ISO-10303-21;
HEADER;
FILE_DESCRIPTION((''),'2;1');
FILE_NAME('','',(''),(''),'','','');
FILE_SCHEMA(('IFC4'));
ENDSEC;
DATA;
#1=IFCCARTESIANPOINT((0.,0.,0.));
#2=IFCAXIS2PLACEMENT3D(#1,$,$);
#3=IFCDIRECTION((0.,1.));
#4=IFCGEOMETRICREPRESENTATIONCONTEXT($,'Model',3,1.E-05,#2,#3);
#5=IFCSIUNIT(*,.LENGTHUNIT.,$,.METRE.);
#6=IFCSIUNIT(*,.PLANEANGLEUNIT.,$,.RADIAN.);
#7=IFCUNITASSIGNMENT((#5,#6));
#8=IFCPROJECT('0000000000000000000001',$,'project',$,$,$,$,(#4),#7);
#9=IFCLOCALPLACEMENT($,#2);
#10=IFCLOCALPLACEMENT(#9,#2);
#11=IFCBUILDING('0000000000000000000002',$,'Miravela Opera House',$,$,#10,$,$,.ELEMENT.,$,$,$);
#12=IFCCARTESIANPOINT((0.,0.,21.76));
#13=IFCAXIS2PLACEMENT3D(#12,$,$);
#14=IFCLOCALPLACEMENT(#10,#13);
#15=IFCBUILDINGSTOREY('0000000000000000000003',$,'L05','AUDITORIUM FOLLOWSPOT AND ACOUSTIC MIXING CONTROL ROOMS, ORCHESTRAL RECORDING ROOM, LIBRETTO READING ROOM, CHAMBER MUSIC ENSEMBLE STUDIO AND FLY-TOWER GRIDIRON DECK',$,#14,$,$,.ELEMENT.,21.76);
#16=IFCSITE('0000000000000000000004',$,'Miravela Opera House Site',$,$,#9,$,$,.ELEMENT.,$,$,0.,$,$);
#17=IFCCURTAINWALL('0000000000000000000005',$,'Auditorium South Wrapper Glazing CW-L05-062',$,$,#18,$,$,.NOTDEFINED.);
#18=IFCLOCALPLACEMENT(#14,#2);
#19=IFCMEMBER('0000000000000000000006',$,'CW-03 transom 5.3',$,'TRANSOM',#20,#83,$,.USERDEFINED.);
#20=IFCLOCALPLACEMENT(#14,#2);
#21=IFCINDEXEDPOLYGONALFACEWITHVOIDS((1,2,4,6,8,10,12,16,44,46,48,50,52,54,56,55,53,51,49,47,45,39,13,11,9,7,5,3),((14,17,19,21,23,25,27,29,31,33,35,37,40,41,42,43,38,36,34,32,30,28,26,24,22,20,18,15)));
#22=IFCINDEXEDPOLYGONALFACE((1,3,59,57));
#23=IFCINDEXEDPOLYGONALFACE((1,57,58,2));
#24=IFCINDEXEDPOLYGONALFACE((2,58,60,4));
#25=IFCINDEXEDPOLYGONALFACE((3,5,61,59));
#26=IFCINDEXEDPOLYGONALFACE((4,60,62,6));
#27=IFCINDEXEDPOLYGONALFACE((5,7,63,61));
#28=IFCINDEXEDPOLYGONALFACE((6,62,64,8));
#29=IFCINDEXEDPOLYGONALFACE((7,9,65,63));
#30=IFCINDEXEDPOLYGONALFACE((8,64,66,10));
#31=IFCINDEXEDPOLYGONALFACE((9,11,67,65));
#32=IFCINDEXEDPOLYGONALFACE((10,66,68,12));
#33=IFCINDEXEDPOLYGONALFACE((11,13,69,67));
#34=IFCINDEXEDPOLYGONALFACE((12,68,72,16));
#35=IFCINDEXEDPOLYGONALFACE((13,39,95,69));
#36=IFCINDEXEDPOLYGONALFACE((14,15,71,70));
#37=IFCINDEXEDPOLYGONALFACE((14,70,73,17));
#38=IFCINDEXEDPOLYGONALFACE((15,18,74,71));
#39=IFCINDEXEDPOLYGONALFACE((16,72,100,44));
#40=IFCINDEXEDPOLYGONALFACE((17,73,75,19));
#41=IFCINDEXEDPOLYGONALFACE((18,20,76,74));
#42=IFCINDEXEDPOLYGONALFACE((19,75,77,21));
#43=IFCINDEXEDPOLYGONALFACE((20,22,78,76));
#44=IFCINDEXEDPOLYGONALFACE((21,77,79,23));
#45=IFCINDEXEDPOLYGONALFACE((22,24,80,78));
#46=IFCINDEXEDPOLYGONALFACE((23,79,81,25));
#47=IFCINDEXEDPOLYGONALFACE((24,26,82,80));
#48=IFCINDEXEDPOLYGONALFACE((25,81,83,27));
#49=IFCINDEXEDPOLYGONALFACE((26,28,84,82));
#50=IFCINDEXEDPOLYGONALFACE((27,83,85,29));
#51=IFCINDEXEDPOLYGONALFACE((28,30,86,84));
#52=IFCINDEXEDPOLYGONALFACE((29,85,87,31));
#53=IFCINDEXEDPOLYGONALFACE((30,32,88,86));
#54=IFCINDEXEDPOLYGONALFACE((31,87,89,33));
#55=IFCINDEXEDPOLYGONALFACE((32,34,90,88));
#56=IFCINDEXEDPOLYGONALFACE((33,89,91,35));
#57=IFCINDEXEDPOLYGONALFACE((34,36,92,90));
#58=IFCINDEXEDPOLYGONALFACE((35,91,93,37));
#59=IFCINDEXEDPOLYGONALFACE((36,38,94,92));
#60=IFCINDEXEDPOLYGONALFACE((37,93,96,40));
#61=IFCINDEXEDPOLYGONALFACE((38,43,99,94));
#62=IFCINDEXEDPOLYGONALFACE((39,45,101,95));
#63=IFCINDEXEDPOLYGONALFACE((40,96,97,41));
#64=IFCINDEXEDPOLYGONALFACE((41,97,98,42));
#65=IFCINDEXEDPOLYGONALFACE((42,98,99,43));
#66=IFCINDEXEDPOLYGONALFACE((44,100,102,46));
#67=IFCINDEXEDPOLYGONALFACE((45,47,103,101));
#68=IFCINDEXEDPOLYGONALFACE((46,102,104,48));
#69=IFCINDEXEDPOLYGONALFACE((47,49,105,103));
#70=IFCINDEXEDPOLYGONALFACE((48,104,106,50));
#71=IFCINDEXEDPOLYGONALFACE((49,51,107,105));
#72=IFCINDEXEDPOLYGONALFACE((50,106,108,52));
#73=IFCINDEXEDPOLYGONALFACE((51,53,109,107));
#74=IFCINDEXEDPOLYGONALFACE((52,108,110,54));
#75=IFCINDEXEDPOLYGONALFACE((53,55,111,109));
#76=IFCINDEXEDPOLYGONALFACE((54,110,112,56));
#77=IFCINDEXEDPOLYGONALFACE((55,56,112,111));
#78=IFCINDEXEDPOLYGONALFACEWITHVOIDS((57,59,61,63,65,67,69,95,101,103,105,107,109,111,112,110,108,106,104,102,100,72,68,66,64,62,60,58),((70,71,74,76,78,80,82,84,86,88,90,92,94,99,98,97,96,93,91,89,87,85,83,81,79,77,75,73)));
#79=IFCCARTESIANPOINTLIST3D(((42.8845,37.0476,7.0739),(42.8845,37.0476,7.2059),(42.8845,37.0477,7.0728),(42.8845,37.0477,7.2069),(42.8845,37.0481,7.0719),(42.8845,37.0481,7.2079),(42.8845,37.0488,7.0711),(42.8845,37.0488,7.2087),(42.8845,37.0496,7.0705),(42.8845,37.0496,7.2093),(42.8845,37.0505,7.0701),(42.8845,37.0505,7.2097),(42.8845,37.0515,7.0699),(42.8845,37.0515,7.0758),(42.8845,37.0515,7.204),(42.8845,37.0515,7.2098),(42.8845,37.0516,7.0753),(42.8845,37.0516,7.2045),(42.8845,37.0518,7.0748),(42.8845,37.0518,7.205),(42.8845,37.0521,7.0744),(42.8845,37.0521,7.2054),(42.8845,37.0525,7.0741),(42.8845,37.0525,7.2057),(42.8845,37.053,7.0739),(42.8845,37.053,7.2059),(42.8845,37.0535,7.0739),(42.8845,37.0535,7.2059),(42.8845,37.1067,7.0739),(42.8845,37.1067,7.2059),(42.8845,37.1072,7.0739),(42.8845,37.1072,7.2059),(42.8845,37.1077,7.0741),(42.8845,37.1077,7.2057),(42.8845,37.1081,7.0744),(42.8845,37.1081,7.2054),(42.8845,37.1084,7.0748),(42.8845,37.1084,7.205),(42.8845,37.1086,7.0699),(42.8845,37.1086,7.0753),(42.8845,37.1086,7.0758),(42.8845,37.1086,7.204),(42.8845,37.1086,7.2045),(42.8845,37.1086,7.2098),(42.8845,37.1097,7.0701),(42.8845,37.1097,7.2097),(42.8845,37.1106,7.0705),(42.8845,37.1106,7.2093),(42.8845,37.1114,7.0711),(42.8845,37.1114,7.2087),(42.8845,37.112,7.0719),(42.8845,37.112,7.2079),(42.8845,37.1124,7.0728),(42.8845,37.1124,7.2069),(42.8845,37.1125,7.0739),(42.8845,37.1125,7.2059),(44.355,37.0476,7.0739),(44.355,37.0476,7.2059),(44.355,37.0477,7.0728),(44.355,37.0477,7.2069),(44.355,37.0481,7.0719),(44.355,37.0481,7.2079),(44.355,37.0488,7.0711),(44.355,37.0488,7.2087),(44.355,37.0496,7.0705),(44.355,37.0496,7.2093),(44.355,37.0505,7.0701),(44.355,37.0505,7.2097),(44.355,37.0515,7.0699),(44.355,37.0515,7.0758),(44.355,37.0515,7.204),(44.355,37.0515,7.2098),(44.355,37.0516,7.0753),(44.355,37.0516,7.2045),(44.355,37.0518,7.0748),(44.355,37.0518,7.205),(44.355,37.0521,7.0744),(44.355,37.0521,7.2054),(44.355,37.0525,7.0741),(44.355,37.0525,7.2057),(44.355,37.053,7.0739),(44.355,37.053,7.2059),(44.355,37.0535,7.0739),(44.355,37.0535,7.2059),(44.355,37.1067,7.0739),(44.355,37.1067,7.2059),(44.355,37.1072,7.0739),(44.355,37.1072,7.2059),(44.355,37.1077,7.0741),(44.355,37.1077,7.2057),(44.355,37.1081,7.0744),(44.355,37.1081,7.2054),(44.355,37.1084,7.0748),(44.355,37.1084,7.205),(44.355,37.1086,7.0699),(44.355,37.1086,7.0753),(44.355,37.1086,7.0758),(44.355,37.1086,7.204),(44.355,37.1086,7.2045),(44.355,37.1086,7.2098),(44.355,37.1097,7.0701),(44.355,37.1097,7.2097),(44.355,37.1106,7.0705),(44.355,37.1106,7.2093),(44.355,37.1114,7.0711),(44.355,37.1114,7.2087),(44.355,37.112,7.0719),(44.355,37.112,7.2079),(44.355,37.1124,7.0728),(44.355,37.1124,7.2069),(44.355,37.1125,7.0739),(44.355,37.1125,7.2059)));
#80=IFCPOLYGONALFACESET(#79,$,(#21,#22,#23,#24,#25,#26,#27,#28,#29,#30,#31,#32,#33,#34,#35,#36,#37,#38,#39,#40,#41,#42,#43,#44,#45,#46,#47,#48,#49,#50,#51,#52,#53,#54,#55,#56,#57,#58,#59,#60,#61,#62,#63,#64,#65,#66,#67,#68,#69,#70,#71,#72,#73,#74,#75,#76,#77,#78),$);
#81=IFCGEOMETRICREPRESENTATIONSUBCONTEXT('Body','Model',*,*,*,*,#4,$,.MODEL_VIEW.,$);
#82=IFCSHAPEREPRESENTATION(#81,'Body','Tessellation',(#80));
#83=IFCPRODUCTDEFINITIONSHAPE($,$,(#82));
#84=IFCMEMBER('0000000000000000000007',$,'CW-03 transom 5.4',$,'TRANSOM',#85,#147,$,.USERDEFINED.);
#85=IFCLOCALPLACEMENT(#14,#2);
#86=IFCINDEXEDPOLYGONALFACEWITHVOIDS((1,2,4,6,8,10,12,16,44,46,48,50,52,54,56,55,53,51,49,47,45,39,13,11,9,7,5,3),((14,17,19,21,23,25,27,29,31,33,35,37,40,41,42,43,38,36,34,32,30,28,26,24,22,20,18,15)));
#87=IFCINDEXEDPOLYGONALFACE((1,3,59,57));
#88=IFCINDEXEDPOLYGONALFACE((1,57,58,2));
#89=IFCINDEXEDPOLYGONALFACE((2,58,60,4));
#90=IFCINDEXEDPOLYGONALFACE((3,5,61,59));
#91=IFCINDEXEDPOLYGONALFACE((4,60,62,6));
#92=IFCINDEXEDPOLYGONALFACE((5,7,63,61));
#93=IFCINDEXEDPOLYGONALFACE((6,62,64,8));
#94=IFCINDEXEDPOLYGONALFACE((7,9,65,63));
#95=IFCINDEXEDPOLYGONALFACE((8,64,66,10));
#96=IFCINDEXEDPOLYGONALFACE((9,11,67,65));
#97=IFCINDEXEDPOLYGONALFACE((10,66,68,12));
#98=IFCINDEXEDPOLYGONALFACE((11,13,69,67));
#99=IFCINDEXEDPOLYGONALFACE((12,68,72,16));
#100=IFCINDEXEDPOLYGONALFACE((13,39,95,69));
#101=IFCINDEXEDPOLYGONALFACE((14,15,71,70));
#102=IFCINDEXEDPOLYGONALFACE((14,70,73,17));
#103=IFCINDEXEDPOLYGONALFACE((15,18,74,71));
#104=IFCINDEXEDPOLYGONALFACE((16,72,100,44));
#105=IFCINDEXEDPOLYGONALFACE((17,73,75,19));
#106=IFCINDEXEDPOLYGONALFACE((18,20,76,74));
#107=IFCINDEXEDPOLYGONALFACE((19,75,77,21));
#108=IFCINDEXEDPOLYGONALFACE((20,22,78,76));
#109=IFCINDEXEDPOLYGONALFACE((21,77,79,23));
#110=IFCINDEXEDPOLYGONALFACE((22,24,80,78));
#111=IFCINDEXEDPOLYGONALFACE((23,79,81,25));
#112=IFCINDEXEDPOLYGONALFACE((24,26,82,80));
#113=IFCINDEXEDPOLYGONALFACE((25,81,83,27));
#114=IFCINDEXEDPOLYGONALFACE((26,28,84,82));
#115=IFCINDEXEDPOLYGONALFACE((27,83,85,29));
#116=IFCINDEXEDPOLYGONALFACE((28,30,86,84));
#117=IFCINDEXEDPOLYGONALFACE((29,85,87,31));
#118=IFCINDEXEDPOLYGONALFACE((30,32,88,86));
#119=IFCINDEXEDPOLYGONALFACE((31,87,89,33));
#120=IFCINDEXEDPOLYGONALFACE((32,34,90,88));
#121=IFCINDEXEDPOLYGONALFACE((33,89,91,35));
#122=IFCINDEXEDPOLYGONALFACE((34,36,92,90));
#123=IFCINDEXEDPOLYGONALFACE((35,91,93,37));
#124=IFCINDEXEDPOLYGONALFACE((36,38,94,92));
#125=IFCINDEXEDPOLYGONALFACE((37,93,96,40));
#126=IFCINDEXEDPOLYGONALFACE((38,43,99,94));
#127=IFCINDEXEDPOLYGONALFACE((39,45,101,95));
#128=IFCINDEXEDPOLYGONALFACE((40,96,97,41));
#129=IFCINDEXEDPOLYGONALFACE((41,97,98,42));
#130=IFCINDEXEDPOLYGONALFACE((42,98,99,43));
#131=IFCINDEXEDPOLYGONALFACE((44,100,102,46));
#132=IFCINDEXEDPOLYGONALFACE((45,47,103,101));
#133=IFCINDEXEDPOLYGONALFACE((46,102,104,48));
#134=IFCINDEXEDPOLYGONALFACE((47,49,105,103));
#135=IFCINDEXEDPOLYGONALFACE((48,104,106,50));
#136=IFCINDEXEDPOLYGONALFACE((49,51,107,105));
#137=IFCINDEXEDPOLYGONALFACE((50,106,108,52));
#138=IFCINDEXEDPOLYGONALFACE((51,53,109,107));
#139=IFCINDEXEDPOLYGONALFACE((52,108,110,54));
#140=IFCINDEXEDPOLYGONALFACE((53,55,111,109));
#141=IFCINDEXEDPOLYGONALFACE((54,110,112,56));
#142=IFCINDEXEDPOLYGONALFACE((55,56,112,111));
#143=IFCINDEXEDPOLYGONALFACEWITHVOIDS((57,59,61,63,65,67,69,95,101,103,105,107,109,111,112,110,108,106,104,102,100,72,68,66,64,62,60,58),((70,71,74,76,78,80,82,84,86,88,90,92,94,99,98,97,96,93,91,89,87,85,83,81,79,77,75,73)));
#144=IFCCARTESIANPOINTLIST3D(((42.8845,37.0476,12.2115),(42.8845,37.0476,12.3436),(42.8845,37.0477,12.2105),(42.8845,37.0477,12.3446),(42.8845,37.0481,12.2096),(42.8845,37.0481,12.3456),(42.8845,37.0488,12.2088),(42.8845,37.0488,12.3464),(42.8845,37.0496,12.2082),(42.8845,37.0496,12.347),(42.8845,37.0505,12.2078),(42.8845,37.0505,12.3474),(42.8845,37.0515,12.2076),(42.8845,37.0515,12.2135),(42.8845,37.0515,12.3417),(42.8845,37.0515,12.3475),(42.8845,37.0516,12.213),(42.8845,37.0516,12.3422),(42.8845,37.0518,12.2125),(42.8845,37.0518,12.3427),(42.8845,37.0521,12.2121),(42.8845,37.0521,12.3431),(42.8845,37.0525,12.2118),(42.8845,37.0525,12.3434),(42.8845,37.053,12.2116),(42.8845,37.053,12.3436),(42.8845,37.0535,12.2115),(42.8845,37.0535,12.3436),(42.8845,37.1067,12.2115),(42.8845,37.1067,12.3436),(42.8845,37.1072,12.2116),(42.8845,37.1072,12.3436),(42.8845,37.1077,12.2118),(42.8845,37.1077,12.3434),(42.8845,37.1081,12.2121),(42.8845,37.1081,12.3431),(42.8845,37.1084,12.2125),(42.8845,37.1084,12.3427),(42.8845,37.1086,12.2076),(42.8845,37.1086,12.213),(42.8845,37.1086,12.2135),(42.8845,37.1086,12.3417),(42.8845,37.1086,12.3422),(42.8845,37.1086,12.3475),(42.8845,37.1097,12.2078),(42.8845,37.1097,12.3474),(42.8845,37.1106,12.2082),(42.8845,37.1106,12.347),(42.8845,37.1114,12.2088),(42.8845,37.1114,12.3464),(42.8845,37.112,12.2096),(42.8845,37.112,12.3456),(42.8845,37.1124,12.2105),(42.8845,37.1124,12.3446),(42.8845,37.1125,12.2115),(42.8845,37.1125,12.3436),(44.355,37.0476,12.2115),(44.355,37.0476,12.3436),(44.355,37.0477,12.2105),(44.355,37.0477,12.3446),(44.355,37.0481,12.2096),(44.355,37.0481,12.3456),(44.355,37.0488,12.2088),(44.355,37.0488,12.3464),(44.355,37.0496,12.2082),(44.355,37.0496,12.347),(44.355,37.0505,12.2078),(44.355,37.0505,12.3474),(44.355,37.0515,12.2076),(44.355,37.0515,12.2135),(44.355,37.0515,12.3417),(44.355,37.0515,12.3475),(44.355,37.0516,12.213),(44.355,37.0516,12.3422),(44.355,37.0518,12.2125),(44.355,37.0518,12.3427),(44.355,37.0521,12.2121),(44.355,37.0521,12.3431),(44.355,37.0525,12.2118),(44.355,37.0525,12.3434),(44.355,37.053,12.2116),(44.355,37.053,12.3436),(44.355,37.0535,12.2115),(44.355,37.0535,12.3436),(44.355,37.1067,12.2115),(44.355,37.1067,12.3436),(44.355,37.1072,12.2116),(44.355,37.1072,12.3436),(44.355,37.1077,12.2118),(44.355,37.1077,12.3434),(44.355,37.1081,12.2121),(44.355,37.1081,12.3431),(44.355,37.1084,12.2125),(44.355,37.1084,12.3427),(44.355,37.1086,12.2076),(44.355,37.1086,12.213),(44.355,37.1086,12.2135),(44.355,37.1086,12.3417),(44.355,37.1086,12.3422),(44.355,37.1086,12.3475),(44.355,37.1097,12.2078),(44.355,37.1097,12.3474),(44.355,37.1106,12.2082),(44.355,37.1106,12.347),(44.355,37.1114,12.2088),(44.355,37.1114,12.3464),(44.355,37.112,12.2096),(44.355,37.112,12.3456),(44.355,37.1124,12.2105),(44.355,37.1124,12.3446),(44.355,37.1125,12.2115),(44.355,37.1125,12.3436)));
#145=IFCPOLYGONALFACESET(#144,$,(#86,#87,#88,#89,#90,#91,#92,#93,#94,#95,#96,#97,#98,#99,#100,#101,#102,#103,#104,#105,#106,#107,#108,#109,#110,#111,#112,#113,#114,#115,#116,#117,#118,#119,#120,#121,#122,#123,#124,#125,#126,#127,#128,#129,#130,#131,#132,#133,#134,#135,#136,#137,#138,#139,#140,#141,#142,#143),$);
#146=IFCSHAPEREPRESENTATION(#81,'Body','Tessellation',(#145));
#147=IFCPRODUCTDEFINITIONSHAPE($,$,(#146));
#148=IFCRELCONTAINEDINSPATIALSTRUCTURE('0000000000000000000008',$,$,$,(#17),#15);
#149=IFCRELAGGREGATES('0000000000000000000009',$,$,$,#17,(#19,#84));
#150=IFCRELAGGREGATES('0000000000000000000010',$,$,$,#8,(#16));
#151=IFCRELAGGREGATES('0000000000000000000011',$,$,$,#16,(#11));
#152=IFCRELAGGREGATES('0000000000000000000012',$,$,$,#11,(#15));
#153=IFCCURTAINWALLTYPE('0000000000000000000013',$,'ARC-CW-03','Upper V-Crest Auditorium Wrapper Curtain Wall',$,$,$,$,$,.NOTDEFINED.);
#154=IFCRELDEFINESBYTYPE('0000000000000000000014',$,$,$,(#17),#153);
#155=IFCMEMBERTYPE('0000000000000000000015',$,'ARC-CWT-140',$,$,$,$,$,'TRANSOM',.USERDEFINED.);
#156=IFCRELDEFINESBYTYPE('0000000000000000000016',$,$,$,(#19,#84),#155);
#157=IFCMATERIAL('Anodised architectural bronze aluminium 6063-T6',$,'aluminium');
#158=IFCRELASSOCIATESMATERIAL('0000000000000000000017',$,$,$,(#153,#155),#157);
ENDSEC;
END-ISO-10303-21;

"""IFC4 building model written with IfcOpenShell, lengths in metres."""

from ifc_helpers import new_model, si_unit, direction, frame, origin, origin_2d, place, context, subcontext, project, spatial, hollow_rectangle, extrude, material, material_profile, profile_set, type_object, element, aggregate, save


model = new_model("IFC4")

# Units and contexts
model_context = context("Model", 3, precision=1e-05, world=origin(), true_north=direction((0.0, 1.0)))
body_context = subcontext(model_context, "Body", "Model", "MODEL_VIEW")
ifc_project = project(units=[si_unit("LENGTHUNIT", "METRE"), si_unit("PLANEANGLEUNIT", "RADIAN")], contexts=[model_context])

# Site, building, storey
site_placement = place(None, origin())
site = spatial("IfcSite", under=ifc_project, at=site_placement, Name="Miravela Opera House Site", CompositionType="ELEMENT", RefElevation=0.0)
building_placement = place(site_placement, origin())
building = spatial("IfcBuilding", under=site, at=building_placement, Name="Miravela Opera House", CompositionType="ELEMENT")
storey_placement = place(building_placement, frame((0.0, 0.0, 21.76)))
storey = spatial("IfcBuildingStorey", under=building, at=storey_placement, Name="L05", Description="AUDITORIUM FOLLOWSPOT AND ACOUSTIC MIXING CONTROL ROOMS, ORCHESTRAL RECORDING ROOM, LIBRETTO READING ROOM, CHAMBER MUSIC ENSEMBLE STUDIO AND FLY-TOWER GRIDIRON DECK", CompositionType="ELEMENT", Elevation=21.76)

# Curtain wall, members
ifc_material_1 = material(Name="Anodised architectural bronze aluminium 6063-T6", Category="aluminium")
curtain_wall_type = type_object("IfcCurtainWallType", Name="ARC-CW-03", Description="Upper V-Crest Auditorium Wrapper Curtain Wall", PredefinedType="NOTDEFINED", material=ifc_material_1)
curtain_wall_1_placement = place(storey_placement, origin())
curtain_wall_1 = element("IfcCurtainWall", 1, at=curtain_wall_1_placement, inside=storey, type_object=curtain_wall_type, Name="Auditorium South Wrapper Glazing CW-L05-062", PredefinedType="NOTDEFINED")
ifc_material_profile_1 = material_profile(ifc_material_1, hollow_rectangle(XDim=0.0649, YDim=0.1399, WallThickness=0.0039, InnerFilletRadius=0.002, OuterFilletRadius=0.0039, at=origin_2d()), Name="CWT-65X140")
ifc_profile_set_1 = profile_set([ifc_material_profile_1])
member_type = type_object("IfcMemberType", Name="ARC-CWT-140", ElementType="TRANSOM", PredefinedType="USERDEFINED", material=ifc_profile_set_1)
member_1_placement = place(storey_placement, frame((42.8845, 37.0801, 7.1399), z_axis=(1.0, 0.0, 0.0), x_axis=(0.0, 1.0, 0.0)))
member_1 = element("IfcMember", 2, at=member_1_placement, type_object=member_type, Name="CW-03 transom 5.3", ObjectType="TRANSOM", PredefinedType="USERDEFINED", context=body_context, shape_type="SweptSolid", body=[
    extrude(hollow_rectangle(XDim=0.0649, YDim=0.1399, WallThickness=0.0039, InnerFilletRadius=0.002, OuterFilletRadius=0.0039, at=origin_2d()), origin(), (0.0, 0.0, 1.0), 1.4705),
])
member_2_placement = place(storey_placement, frame((42.8845, 37.0801, 12.2776), z_axis=(1.0, 0.0, 0.0), x_axis=(0.0, 1.0, 0.0)))
member_2 = element("IfcMember", 3, at=member_2_placement, type_object=member_type, Name="CW-03 transom 5.4", ObjectType="TRANSOM", PredefinedType="USERDEFINED", context=body_context, shape_type="SweptSolid", body=[
    extrude(hollow_rectangle(XDim=0.0649, YDim=0.1399, WallThickness=0.0039, InnerFilletRadius=0.002, OuterFilletRadius=0.0039, at=origin_2d()), origin(), (0.0, 0.0, 1.0), 1.4705),
])

aggregate(curtain_wall_1, [member_1, member_2])

save(model, "model.ifc")
